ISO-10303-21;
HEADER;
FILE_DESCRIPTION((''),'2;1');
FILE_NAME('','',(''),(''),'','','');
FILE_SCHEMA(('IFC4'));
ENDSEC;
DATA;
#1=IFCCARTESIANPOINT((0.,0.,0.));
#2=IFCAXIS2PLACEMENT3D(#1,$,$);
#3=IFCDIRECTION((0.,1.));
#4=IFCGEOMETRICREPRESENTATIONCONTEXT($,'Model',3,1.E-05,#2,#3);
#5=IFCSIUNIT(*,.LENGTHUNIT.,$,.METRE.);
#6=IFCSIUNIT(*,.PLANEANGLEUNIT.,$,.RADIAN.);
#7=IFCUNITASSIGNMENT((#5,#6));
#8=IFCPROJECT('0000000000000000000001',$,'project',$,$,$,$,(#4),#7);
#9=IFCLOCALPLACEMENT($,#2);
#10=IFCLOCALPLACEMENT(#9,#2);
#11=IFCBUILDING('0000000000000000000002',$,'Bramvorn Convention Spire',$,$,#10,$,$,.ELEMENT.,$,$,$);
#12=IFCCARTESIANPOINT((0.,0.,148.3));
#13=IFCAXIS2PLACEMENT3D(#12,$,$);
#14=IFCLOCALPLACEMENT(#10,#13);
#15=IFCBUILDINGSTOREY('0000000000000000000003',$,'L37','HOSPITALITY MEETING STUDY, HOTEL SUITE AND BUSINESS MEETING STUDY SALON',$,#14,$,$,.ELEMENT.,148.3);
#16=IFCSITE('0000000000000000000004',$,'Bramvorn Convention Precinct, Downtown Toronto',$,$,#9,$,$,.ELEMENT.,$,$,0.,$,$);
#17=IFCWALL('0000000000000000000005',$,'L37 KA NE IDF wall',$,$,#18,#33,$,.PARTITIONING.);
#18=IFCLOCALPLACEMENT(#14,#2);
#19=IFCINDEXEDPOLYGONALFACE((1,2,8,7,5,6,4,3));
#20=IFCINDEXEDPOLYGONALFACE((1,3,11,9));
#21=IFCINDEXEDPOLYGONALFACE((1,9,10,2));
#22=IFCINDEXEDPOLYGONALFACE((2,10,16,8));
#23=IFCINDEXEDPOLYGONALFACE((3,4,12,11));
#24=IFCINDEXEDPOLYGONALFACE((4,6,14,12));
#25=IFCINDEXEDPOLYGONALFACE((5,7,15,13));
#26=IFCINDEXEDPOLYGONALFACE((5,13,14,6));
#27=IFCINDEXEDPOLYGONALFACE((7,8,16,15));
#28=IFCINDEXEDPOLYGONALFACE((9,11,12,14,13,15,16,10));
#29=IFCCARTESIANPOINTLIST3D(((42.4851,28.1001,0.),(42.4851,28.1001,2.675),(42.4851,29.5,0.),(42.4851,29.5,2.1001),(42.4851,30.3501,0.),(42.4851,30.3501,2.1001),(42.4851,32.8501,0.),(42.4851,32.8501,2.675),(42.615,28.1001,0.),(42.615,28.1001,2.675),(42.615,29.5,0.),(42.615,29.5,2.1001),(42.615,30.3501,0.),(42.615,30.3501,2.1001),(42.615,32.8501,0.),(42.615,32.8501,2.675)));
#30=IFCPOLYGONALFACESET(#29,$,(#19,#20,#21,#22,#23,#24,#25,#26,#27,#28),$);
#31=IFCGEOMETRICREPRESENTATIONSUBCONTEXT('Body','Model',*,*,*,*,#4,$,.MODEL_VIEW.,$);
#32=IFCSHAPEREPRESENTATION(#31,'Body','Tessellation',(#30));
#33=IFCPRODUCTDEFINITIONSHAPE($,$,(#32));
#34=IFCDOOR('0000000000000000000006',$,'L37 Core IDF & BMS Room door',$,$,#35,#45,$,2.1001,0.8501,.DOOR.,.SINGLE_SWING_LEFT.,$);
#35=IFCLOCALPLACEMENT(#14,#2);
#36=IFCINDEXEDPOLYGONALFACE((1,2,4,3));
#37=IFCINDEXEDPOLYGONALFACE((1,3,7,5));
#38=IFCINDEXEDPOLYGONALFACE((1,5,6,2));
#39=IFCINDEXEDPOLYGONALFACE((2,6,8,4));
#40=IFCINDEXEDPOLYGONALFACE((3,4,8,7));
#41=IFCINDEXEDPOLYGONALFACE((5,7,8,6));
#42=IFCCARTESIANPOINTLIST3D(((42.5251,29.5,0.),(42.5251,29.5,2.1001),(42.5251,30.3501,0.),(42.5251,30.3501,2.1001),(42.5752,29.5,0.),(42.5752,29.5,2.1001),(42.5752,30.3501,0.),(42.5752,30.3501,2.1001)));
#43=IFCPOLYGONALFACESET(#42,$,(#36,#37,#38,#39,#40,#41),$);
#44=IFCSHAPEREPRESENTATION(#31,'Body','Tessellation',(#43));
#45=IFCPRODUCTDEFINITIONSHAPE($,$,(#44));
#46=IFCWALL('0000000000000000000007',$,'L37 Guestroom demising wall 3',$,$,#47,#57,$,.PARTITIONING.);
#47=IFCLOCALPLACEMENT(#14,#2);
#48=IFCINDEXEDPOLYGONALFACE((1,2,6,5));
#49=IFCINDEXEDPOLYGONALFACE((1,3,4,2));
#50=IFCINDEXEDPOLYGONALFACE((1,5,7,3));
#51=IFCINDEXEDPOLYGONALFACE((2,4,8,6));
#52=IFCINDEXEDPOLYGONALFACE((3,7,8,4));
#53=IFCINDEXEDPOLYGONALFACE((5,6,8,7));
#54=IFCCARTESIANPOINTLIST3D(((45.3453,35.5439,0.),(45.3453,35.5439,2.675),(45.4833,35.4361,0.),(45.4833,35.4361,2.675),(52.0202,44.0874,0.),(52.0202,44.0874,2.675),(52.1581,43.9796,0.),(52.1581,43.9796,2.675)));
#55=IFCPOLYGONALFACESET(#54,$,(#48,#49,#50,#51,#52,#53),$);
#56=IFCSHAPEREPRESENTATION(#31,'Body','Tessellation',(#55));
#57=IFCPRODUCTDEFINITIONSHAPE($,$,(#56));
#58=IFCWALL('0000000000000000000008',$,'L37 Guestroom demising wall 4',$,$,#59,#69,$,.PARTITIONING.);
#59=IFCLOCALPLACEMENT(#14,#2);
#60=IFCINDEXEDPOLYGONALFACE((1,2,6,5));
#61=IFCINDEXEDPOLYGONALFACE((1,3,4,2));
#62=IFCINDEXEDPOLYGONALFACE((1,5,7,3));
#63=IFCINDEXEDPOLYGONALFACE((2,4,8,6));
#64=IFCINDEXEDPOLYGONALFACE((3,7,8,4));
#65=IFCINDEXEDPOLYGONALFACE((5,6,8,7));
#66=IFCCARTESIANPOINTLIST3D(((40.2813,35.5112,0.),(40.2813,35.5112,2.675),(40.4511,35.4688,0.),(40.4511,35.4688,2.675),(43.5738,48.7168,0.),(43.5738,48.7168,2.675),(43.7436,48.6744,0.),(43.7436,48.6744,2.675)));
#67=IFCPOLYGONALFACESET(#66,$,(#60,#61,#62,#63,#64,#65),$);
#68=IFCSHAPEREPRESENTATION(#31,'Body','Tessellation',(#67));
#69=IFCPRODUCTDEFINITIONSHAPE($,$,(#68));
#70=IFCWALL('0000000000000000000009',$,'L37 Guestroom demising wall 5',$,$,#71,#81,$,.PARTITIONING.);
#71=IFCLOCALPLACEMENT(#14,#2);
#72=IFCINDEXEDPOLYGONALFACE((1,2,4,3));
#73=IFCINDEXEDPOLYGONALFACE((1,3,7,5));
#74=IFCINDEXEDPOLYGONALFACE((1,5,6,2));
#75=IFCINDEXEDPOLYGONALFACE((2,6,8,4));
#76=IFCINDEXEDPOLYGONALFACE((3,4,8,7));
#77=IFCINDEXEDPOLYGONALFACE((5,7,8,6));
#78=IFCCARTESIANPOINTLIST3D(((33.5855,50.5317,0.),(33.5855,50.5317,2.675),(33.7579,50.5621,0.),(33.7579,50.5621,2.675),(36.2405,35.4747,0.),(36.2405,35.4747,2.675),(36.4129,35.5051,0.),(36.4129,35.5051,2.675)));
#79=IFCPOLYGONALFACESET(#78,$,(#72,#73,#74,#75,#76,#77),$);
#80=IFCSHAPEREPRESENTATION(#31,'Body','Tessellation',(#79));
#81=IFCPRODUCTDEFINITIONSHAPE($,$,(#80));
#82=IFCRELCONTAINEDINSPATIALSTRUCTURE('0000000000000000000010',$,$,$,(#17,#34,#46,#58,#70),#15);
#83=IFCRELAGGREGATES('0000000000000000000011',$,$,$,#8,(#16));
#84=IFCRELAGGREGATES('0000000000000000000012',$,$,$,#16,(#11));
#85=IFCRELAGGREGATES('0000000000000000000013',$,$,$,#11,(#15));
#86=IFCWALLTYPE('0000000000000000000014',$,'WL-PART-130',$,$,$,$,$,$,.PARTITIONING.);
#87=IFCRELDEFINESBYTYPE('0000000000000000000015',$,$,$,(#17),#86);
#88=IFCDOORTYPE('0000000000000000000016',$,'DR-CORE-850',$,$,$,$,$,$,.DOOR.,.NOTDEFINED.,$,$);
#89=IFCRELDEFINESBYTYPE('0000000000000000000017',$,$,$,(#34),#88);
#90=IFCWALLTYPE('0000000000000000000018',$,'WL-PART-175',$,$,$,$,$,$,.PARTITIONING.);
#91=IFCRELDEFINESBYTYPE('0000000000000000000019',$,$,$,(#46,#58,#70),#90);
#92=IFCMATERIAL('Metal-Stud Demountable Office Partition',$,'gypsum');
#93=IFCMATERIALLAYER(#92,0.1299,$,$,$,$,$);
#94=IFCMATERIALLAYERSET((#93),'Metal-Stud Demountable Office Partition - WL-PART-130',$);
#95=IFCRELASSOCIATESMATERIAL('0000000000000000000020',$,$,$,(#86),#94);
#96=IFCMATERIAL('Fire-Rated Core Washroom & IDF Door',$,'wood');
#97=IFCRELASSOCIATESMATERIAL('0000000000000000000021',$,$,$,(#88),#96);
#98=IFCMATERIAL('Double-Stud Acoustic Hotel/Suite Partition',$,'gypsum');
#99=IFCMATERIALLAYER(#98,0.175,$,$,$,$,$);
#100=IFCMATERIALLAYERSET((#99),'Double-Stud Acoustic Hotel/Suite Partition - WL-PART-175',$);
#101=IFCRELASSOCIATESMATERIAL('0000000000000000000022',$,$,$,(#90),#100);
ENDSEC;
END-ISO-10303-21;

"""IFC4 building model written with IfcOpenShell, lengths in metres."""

from ifc_helpers import new_model, si_unit, direction, frame, frame_2d, origin, place, context, subcontext, project, spatial, rectangle, extrude, material, layer, layer_set, type_object, element, fill, save


model = new_model("IFC4")

# Units and contexts
model_context = context("Model", 3, precision=1e-05, world=origin(), true_north=direction((0.0, 1.0)))
body_context = subcontext(model_context, "Body", "Model", "MODEL_VIEW")
ifc_project = project(units=[si_unit("LENGTHUNIT", "METRE"), si_unit("PLANEANGLEUNIT", "RADIAN")], contexts=[model_context])

# Site, building, storey
site_placement = place(None, origin())
site = spatial("IfcSite", under=ifc_project, at=site_placement, Name="Bramvorn Convention Precinct, Downtown Toronto", CompositionType="ELEMENT", RefElevation=0.0)
building_placement = place(site_placement, origin())
building = spatial("IfcBuilding", under=site, at=building_placement, Name="Bramvorn Convention Spire", CompositionType="ELEMENT")
storey_placement = place(building_placement, frame((0.0, 0.0, 148.3)))
storey = spatial("IfcBuildingStorey", under=building, at=storey_placement, Name="L37", Description="HOSPITALITY MEETING STUDY, HOTEL SUITE AND BUSINESS MEETING STUDY SALON", CompositionType="ELEMENT", Elevation=148.3)

# Wall, opening, door
ifc_material_1 = material(Name="Metal-Stud Demountable Office Partition", Category="gypsum")
ifc_layer_1 = layer(ifc_material_1, 0.1299)
ifc_layer_set_1 = layer_set([ifc_layer_1], Name="Metal-Stud Demountable Office Partition - WL-PART-130")
wall_type_1 = type_object("IfcWallType", Name="WL-PART-130", PredefinedType="PARTITIONING", material=ifc_layer_set_1)
wall_1_placement = place(storey_placement, frame((42.55, 28.1001, 0.0), z_axis=(0.0, 0.0, 1.0), x_axis=(0.0, 1.0, 0.0)))
wall_1 = element("IfcWall", 1, at=wall_1_placement, inside=storey, type_object=wall_type_1, Name="L37 KA NE IDF wall", PredefinedType="PARTITIONING", context=body_context, shape_type="SweptSolid", body=[
    extrude(rectangle(XDim=4.75, YDim=0.1299, at=frame_2d((2.375, 0.0))), origin(), (0.0, 0.0, 1.0), 2.675),
])
opening_1_placement = place(wall_1_placement, frame((1.3999, 0.0, 0.0)))
opening_1 = element("IfcOpeningElement", 2, at=opening_1_placement, cuts=wall_1, PredefinedType="OPENING", context=body_context, shape_type="SweptSolid", body=[
    extrude(rectangle(XDim=0.8501, YDim=2.1001, at=frame_2d((0.425, 1.05))), frame((0.0, 0.075, 0.0), z_axis=(0.0, -1.0, 0.0), x_axis=(1.0, 0.0, 0.0)), (0.0, 0.0, 1.0), 0.1499),
])
ifc_material_2 = material(Name="Fire-Rated Core Washroom & IDF Door", Category="wood")
door_type_1 = type_object("IfcDoorType", Name="DR-CORE-850", OperationType="NOTDEFINED", PredefinedType="DOOR", material=ifc_material_2)
door_1_placement = place(opening_1_placement, origin())
door_1 = element("IfcDoor", 3, at=door_1_placement, inside=storey, type_object=door_type_1, Name="L37 Core IDF & BMS Room door", OperationType="SINGLE_SWING_LEFT", OverallHeight=2.1001, OverallWidth=0.8501, PredefinedType="DOOR", context=body_context, shape_type="SweptSolid", body=[
    extrude(rectangle(XDim=0.8501, YDim=2.1001, at=frame_2d((0.425, 1.05))), frame((0.0, 0.0249, 0.0), z_axis=(0.0, -1.0, 0.0), x_axis=(1.0, 0.0, 0.0)), (0.0, 0.0, 1.0), 0.05),
])
fill(opening_1, door_1)

# Walls
ifc_material_3 = material(Name="Double-Stud Acoustic Hotel/Suite Partition", Category="gypsum")
ifc_layer_2 = layer(ifc_material_3, 0.175)
ifc_layer_set_2 = layer_set([ifc_layer_2], Name="Double-Stud Acoustic Hotel/Suite Partition - WL-PART-175")
wall_type_2 = type_object("IfcWallType", Name="WL-PART-175", PredefinedType="PARTITIONING", material=ifc_layer_set_2)
wall_2_placement = place(storey_placement, frame((45.4143, 35.49, 0.0), z_axis=(0.0, 0.0, 1.0), x_axis=(0.615657, 0.788014, 0.0)))
element("IfcWall", 4, at=wall_2_placement, inside=storey, type_object=wall_type_2, Name="L37 Guestroom demising wall 3", PredefinedType="PARTITIONING", context=body_context, shape_type="SweptSolid", body=[
    extrude(rectangle(XDim=10.8418, YDim=0.175, at=frame_2d((5.4209, 0.0))), origin(), (0.0, 0.0, 1.0), 2.675),
])
wall_3_placement = place(storey_placement, frame((40.3662, 35.49, 0.0), z_axis=(0.0, 0.0, 1.0), x_axis=(0.241919, 0.970296, 0.0)))
element("IfcWall", 5, at=wall_3_placement, inside=storey, type_object=wall_type_2, Name="L37 Guestroom demising wall 4", PredefinedType="PARTITIONING", context=body_context, shape_type="SweptSolid", body=[
    extrude(rectangle(XDim=13.6099, YDim=0.175, at=frame_2d((6.8049, 0.0))), origin(), (0.0, 0.0, 1.0), 2.675),
])
wall_4_placement = place(storey_placement, frame((36.3267, 35.49, 0.0), z_axis=(0.0, 0.0, 1.0), x_axis=(-0.173651, 0.984807, 0.0)))
element("IfcWall", 6, at=wall_4_placement, inside=storey, type_object=wall_type_2, Name="L37 Guestroom demising wall 5", PredefinedType="PARTITIONING", context=body_context, shape_type="SweptSolid", body=[
    extrude(rectangle(XDim=15.2893, YDim=0.175, at=frame_2d((7.6445, 0.0))), origin(), (0.0, 0.0, 1.0), 2.675),
])

save(model, "model.ifc")
